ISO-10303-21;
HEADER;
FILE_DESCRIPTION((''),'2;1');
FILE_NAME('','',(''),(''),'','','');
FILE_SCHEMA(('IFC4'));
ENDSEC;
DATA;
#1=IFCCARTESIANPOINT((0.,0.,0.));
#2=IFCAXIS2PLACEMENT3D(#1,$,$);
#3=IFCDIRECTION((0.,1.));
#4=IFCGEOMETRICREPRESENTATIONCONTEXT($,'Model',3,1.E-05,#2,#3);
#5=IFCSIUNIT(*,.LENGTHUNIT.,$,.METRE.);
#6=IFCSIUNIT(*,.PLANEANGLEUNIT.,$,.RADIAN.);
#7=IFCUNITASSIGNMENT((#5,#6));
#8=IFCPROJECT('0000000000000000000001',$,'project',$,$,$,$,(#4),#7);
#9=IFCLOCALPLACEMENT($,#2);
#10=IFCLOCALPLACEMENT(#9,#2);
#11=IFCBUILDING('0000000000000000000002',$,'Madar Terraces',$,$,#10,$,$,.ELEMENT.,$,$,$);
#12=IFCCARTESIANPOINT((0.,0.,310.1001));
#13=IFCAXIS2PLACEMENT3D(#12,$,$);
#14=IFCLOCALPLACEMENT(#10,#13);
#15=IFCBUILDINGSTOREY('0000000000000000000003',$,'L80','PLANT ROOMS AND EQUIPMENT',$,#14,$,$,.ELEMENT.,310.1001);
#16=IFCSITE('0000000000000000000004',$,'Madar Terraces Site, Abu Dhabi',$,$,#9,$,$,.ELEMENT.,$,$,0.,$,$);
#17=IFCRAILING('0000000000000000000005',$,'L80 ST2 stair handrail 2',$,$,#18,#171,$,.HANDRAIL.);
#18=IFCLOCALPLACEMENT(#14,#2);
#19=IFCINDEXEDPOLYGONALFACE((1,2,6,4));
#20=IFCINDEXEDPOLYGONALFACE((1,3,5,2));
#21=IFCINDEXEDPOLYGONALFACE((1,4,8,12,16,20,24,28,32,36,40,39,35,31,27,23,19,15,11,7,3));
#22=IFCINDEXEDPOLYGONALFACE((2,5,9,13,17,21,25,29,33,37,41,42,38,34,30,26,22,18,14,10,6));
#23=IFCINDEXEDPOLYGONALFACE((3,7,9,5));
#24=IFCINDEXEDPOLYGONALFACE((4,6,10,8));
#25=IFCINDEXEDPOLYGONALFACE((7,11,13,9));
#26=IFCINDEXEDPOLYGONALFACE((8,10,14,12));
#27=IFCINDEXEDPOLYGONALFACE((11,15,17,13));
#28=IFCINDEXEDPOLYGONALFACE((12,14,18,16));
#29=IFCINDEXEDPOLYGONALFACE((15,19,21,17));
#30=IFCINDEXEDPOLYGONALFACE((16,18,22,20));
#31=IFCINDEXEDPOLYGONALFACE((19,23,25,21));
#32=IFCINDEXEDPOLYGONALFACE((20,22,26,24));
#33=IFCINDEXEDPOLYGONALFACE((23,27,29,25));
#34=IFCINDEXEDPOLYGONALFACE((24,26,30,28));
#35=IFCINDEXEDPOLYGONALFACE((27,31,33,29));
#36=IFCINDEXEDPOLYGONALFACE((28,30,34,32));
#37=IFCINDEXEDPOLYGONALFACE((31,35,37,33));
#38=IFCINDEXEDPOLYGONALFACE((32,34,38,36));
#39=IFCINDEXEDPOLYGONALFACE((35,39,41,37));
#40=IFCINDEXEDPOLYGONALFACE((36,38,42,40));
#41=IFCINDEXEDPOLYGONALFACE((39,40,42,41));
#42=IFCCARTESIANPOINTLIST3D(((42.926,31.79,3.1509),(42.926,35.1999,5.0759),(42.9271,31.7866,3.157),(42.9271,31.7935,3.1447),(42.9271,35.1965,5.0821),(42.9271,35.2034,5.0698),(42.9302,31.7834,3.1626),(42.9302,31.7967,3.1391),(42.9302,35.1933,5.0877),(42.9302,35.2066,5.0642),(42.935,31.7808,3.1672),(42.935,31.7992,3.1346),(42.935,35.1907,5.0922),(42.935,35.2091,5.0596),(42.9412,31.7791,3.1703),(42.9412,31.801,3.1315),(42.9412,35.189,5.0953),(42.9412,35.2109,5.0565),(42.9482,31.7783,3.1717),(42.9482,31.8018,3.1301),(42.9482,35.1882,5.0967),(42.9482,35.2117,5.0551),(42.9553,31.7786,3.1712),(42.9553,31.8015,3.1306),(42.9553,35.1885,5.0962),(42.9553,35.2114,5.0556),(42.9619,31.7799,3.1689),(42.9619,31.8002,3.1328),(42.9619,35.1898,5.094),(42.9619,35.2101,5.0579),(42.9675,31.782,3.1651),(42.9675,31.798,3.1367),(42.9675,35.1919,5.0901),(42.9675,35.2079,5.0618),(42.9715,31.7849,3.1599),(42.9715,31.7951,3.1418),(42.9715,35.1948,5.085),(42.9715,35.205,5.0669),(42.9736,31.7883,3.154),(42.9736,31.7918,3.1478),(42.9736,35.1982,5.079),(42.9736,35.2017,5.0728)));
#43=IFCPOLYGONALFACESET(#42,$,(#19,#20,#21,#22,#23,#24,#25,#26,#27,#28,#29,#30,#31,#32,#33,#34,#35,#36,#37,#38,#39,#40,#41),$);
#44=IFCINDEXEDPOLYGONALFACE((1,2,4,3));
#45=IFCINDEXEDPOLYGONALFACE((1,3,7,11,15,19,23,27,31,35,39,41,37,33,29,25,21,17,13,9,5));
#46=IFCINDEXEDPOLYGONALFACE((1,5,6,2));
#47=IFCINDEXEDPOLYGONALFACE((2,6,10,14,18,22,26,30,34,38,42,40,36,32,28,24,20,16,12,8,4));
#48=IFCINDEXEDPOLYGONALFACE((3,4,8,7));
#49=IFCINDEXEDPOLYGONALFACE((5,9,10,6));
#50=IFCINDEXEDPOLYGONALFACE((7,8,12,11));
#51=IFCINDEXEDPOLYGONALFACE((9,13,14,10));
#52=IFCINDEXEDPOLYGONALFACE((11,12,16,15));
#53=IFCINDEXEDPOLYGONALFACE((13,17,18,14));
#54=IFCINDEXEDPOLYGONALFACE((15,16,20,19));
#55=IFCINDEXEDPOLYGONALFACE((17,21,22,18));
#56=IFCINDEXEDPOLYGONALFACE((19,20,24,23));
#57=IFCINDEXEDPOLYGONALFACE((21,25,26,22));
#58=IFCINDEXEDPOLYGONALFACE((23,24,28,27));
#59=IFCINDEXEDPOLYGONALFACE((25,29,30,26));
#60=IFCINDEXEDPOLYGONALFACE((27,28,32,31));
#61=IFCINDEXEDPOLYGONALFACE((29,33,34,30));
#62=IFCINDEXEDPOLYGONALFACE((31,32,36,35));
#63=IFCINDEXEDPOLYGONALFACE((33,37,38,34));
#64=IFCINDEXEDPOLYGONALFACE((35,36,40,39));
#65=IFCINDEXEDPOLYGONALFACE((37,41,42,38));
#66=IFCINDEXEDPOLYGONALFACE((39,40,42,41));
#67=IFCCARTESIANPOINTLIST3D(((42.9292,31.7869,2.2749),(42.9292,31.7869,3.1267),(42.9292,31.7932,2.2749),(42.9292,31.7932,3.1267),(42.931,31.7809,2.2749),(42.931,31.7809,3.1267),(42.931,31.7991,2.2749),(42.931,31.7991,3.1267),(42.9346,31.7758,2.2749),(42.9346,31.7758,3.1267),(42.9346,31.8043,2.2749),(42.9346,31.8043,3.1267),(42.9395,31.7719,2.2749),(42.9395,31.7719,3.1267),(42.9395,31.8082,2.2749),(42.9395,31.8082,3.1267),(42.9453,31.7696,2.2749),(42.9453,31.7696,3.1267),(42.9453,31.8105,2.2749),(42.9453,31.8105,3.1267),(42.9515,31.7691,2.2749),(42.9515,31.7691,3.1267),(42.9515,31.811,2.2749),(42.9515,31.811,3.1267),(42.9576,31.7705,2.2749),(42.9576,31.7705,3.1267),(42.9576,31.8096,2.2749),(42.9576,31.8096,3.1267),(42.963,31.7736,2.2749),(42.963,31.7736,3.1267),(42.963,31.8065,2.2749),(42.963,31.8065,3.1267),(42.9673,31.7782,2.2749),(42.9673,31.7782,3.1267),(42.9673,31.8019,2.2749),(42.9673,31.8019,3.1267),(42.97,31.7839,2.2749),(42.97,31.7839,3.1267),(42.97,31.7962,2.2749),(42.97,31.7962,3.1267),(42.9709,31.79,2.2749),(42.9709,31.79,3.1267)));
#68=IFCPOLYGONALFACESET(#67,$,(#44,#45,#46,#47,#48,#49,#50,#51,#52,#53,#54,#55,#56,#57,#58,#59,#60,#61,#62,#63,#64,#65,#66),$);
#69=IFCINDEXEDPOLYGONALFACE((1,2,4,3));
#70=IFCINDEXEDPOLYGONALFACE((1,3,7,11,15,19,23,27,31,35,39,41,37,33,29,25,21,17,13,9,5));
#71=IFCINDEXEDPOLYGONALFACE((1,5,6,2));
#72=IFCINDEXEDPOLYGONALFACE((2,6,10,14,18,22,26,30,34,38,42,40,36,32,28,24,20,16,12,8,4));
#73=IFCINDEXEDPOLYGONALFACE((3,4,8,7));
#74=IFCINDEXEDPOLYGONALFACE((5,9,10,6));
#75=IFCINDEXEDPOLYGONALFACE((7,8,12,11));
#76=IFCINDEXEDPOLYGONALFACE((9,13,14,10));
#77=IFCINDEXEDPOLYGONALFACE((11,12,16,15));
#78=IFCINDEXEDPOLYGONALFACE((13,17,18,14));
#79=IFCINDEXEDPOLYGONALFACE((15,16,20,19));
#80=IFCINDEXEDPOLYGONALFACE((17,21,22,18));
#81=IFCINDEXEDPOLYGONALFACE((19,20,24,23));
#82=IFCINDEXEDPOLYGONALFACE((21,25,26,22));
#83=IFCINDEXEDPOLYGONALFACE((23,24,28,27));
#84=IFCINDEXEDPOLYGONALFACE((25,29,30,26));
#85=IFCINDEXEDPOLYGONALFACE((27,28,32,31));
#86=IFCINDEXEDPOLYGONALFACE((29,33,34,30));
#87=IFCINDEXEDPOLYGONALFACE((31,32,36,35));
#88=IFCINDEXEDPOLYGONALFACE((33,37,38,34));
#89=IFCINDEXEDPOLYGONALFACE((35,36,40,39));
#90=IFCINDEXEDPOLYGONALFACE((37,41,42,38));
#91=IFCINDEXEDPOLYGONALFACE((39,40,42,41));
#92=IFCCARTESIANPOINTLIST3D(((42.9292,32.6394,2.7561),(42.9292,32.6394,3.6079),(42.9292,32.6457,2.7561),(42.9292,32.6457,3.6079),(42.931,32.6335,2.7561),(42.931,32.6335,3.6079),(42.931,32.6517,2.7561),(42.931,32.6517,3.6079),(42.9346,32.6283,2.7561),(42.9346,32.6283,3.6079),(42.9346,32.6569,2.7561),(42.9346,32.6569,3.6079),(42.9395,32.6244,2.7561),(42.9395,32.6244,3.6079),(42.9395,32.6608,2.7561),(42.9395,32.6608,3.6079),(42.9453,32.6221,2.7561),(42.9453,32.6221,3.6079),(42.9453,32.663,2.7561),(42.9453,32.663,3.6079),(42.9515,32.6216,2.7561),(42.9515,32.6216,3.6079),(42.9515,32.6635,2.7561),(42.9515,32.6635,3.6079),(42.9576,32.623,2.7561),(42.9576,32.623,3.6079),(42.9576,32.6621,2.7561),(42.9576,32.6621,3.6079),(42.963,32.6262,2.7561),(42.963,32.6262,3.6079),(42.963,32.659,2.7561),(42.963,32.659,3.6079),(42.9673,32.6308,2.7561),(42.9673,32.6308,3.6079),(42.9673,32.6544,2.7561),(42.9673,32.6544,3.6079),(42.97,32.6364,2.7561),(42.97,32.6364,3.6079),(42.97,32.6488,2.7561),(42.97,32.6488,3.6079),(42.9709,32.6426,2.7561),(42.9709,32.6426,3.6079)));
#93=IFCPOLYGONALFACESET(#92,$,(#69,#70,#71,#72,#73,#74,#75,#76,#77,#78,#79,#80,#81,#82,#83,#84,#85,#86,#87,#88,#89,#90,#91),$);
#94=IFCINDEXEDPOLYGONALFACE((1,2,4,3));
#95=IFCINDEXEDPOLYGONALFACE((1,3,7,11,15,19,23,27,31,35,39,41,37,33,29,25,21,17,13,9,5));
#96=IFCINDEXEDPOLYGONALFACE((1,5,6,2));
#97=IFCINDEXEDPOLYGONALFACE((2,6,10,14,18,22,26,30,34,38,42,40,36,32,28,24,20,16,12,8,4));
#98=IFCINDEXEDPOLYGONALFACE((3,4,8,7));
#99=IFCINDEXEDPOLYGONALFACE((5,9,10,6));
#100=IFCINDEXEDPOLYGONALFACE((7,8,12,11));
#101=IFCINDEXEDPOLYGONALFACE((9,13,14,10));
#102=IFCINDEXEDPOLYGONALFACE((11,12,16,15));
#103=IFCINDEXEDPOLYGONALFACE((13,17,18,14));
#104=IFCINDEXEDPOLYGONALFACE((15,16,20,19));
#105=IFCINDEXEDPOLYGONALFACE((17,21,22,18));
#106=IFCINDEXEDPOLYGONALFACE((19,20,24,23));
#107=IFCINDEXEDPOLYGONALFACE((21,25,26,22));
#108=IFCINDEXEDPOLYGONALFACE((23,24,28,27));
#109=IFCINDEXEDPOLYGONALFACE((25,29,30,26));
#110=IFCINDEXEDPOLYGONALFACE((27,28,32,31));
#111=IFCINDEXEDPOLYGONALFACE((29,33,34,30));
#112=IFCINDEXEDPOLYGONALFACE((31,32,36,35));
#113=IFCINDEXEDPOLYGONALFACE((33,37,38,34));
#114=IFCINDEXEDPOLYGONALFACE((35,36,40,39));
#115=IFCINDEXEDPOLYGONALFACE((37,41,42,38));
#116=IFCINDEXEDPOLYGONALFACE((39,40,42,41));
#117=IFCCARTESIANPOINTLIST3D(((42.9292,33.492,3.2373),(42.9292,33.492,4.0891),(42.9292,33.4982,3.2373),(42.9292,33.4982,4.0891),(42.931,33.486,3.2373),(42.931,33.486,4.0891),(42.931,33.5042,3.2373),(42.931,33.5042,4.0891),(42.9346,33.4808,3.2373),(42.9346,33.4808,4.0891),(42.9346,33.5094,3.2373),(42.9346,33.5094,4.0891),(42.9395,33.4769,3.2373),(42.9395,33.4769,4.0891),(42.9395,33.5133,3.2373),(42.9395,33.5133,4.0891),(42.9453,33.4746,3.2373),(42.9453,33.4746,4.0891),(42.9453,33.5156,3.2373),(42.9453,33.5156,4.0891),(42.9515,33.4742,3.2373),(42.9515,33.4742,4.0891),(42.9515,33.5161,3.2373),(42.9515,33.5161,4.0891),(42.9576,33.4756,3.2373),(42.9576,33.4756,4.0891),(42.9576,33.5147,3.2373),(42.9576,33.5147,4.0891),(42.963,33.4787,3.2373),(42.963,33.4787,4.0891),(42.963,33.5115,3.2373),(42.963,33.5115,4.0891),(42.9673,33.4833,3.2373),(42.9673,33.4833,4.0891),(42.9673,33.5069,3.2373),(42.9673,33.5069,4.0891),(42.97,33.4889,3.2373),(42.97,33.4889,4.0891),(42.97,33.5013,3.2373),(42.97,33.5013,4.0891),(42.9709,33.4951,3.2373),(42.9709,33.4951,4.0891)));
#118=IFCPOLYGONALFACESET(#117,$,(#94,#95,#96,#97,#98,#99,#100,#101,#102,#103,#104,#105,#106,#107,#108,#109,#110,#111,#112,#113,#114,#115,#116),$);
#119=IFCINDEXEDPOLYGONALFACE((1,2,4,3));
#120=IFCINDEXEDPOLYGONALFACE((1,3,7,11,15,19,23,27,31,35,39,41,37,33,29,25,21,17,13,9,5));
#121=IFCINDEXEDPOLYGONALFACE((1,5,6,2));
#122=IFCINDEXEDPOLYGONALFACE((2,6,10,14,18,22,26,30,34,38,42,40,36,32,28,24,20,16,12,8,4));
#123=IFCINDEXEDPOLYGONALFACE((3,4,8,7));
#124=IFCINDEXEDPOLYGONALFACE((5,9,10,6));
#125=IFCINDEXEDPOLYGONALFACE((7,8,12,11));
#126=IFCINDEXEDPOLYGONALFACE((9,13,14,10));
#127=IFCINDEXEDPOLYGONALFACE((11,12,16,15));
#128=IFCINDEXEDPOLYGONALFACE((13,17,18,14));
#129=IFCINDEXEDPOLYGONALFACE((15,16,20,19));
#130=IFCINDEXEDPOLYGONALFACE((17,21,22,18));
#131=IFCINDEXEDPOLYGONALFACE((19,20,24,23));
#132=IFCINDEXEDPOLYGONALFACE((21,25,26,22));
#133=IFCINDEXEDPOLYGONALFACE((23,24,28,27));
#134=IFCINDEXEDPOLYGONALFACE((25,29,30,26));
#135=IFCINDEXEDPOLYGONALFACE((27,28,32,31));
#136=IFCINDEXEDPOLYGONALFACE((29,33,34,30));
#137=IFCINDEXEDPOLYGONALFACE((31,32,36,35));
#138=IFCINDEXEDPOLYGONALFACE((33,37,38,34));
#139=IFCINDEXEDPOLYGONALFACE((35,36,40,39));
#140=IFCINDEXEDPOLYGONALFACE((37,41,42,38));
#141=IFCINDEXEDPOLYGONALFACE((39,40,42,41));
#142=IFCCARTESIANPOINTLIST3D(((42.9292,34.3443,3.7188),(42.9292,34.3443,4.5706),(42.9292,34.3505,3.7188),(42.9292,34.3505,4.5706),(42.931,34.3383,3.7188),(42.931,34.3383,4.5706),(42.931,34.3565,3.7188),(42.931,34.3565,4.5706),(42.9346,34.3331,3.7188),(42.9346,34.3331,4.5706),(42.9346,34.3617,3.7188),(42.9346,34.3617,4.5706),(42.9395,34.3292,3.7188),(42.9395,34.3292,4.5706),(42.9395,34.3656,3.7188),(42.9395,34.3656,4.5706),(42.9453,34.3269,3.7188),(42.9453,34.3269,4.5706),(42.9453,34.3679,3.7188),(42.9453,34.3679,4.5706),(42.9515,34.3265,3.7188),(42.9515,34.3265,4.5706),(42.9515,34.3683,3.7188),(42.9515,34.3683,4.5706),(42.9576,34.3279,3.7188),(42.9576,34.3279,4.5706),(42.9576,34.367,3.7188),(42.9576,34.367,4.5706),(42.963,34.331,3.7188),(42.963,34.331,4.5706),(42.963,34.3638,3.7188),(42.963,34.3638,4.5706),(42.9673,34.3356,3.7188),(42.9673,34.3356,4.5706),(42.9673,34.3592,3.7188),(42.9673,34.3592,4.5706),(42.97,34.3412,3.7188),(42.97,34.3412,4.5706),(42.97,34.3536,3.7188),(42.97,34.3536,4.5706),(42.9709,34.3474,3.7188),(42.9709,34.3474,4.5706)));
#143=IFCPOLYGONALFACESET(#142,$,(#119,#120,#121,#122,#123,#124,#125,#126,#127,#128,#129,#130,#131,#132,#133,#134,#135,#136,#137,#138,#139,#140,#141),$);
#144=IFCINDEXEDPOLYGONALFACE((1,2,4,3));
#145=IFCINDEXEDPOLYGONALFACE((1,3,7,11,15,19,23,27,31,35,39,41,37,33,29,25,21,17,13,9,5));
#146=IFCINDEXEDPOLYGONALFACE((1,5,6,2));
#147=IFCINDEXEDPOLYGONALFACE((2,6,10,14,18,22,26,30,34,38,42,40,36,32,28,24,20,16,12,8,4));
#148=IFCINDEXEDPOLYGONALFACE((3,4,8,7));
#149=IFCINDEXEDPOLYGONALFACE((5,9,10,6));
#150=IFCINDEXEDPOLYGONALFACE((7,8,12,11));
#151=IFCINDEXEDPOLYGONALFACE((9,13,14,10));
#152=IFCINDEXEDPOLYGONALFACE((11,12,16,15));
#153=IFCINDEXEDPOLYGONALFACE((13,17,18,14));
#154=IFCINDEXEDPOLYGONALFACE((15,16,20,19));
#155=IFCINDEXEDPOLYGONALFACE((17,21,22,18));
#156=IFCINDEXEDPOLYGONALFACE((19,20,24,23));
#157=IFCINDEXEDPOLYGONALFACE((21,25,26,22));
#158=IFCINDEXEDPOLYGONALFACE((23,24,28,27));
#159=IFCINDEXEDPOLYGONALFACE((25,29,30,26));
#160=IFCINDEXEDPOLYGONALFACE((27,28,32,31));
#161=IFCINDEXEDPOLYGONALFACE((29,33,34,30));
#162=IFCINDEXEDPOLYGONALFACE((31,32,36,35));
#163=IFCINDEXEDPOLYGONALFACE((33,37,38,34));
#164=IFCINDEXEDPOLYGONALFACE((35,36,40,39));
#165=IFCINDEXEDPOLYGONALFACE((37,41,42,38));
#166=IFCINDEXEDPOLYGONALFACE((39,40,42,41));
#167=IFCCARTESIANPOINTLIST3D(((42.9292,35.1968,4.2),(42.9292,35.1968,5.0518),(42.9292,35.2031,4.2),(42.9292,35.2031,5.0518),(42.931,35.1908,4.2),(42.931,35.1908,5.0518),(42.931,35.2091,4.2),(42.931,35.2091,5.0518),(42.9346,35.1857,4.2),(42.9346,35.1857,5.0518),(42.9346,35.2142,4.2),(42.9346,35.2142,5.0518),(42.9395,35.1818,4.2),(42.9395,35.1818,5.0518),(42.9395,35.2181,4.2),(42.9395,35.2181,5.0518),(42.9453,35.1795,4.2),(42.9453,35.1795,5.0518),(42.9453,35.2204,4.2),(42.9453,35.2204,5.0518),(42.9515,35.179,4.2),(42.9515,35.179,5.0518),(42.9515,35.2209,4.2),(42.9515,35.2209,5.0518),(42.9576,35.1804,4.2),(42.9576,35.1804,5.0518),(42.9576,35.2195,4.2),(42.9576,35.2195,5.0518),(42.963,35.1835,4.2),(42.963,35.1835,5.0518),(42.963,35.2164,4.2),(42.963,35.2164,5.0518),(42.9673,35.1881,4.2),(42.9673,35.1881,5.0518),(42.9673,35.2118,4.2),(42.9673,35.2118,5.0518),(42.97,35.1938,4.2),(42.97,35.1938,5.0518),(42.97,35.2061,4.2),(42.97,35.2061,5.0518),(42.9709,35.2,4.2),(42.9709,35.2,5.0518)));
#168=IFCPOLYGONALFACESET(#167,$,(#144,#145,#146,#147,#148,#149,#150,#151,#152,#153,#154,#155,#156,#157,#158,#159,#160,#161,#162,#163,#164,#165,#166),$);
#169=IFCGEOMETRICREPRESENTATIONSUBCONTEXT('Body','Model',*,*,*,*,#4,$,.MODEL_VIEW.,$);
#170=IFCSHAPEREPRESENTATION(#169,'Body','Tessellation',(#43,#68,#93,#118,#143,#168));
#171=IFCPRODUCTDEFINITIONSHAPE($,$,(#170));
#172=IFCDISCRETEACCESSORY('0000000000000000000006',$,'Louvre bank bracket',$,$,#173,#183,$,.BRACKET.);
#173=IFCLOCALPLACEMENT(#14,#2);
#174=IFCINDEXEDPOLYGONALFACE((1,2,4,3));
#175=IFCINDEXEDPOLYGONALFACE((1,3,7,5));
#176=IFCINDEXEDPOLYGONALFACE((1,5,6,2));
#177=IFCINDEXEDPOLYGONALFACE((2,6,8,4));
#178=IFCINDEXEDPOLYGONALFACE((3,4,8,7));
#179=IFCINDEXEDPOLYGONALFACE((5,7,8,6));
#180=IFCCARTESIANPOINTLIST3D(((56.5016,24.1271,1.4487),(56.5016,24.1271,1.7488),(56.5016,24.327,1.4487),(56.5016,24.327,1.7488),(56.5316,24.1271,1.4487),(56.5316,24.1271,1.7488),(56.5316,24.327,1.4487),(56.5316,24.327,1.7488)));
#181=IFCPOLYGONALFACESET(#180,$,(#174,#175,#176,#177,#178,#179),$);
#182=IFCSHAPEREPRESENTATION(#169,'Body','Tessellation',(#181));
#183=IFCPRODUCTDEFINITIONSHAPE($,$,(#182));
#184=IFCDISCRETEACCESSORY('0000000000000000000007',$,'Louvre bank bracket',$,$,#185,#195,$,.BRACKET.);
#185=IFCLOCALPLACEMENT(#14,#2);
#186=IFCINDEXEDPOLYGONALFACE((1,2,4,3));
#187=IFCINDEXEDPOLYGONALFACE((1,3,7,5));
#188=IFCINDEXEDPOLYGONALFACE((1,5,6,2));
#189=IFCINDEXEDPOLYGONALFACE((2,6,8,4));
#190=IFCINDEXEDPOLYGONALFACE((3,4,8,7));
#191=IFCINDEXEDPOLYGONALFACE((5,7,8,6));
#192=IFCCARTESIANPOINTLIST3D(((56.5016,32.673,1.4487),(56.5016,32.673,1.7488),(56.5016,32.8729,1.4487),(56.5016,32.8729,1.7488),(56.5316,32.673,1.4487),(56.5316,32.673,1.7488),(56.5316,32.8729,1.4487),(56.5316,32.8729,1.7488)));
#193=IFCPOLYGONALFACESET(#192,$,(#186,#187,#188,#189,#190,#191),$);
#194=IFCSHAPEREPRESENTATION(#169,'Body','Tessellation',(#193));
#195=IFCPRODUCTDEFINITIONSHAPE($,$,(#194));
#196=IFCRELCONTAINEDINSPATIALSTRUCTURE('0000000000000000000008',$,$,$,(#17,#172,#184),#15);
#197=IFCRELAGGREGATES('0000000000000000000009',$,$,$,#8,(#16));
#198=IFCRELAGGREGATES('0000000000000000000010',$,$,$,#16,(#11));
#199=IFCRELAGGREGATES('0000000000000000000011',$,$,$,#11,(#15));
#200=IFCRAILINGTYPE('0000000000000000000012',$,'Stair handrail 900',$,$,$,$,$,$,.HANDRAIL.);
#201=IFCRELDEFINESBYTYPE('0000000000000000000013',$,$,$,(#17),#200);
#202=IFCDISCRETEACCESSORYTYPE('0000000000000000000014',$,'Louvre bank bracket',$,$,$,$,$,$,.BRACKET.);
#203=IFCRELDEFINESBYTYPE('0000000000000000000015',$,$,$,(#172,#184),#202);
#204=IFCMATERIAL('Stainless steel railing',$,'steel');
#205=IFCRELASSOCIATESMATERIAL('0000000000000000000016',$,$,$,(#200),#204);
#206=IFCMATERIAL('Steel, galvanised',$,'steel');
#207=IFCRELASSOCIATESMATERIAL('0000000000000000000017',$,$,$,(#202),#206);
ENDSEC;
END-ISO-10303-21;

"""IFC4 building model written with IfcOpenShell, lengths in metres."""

from ifc_helpers import new_model, si_unit, direction, frame, origin, origin_2d, place, context, subcontext, project, spatial, rectangle, circle, extrude, material, type_object, element, save


model = new_model("IFC4")

# Units and contexts
model_context = context("Model", 3, precision=1e-05, world=origin(), true_north=direction((0.0, 1.0)))
body_context = subcontext(model_context, "Body", "Model", "MODEL_VIEW")
ifc_project = project(units=[si_unit("LENGTHUNIT", "METRE"), si_unit("PLANEANGLEUNIT", "RADIAN")], contexts=[model_context])

# Site, building, storey
site_placement = place(None, origin())
site = spatial("IfcSite", under=ifc_project, at=site_placement, Name="Madar Terraces Site, Abu Dhabi", CompositionType="ELEMENT", RefElevation=0.0)
building_placement = place(site_placement, origin())
building = spatial("IfcBuilding", under=site, at=building_placement, Name="Madar Terraces", CompositionType="ELEMENT")
storey_placement = place(building_placement, frame((0.0, 0.0, 310.1001)))
storey = spatial("IfcBuildingStorey", under=building, at=storey_placement, Name="L80", Description="PLANT ROOMS AND EQUIPMENT", CompositionType="ELEMENT", Elevation=310.1001)

# Railing
ifc_material_1 = material(Name="Stainless steel railing", Category="steel")
railing_type_1 = type_object("IfcRailingType", Name="Stair handrail 900", PredefinedType="HANDRAIL", material=ifc_material_1)
railing_placement = place(storey_placement, frame((42.95, 31.79, 2.2749)))
element("IfcRailing", 1, at=railing_placement, inside=storey, type_object=railing_type_1, Name="L80 ST2 stair handrail 2", PredefinedType="HANDRAIL", context=body_context, shape_type="SweptSolid", body=[
    extrude(circle(Radius=0.0239, at=origin_2d()), frame((0.0, 0.0, 0.876), z_axis=(0.0, 0.870814, 0.491613), x_axis=(-1.0, 0.0, 0.0)), (0.0, 0.0, 1.0), 3.9158),
    extrude(circle(Radius=0.021, at=origin_2d()), origin(), (0.0, 0.0, 1.0), 0.8518),
    extrude(circle(Radius=0.021, at=origin_2d()), frame((0.0, 0.8525, 0.4812)), (0.0, 0.0, 1.0), 0.8518),
    extrude(circle(Radius=0.021, at=origin_2d()), frame((0.0, 1.7051, 0.9624)), (0.0, 0.0, 1.0), 0.8518),
    extrude(circle(Radius=0.021, at=origin_2d()), frame((0.0, 2.5574, 1.4438)), (0.0, 0.0, 1.0), 0.8518),
    extrude(circle(Radius=0.021, at=origin_2d()), frame((0.0, 3.4099, 1.925)), (0.0, 0.0, 1.0), 0.8518),
])

# Discrete accessories
ifc_material_2 = material(Name="Steel, galvanised", Category="steel")
discrete_accessory_type = type_object("IfcDiscreteAccessoryType", Name="Louvre bank bracket", PredefinedType="BRACKET", material=ifc_material_2)
for number, where, z_axis, x_axis, name in (
    (2, (56.5166, 24.2271, 1.4487), (0.0, 0.0, 1.0), (0.0, 1.0, 0.0), "Louvre bank bracket"),
    (3, (56.5166, 32.7729, 1.4487), (0.0, 0.0, 1.0), (0.0, 1.0, 0.0), "Louvre bank bracket"),
):
    element("IfcDiscreteAccessory", number, at=place(storey_placement, frame(where, z_axis=z_axis, x_axis=x_axis)), inside=storey, type_object=discrete_accessory_type, Name=name, PredefinedType="BRACKET", context=body_context, shape_type="SweptSolid", body=[
        extrude(rectangle(XDim=0.2, YDim=0.03, at=origin_2d()), origin(), (0.0, 0.0, 1.0), 0.3),
    ])

save(model, "model.ifc")
